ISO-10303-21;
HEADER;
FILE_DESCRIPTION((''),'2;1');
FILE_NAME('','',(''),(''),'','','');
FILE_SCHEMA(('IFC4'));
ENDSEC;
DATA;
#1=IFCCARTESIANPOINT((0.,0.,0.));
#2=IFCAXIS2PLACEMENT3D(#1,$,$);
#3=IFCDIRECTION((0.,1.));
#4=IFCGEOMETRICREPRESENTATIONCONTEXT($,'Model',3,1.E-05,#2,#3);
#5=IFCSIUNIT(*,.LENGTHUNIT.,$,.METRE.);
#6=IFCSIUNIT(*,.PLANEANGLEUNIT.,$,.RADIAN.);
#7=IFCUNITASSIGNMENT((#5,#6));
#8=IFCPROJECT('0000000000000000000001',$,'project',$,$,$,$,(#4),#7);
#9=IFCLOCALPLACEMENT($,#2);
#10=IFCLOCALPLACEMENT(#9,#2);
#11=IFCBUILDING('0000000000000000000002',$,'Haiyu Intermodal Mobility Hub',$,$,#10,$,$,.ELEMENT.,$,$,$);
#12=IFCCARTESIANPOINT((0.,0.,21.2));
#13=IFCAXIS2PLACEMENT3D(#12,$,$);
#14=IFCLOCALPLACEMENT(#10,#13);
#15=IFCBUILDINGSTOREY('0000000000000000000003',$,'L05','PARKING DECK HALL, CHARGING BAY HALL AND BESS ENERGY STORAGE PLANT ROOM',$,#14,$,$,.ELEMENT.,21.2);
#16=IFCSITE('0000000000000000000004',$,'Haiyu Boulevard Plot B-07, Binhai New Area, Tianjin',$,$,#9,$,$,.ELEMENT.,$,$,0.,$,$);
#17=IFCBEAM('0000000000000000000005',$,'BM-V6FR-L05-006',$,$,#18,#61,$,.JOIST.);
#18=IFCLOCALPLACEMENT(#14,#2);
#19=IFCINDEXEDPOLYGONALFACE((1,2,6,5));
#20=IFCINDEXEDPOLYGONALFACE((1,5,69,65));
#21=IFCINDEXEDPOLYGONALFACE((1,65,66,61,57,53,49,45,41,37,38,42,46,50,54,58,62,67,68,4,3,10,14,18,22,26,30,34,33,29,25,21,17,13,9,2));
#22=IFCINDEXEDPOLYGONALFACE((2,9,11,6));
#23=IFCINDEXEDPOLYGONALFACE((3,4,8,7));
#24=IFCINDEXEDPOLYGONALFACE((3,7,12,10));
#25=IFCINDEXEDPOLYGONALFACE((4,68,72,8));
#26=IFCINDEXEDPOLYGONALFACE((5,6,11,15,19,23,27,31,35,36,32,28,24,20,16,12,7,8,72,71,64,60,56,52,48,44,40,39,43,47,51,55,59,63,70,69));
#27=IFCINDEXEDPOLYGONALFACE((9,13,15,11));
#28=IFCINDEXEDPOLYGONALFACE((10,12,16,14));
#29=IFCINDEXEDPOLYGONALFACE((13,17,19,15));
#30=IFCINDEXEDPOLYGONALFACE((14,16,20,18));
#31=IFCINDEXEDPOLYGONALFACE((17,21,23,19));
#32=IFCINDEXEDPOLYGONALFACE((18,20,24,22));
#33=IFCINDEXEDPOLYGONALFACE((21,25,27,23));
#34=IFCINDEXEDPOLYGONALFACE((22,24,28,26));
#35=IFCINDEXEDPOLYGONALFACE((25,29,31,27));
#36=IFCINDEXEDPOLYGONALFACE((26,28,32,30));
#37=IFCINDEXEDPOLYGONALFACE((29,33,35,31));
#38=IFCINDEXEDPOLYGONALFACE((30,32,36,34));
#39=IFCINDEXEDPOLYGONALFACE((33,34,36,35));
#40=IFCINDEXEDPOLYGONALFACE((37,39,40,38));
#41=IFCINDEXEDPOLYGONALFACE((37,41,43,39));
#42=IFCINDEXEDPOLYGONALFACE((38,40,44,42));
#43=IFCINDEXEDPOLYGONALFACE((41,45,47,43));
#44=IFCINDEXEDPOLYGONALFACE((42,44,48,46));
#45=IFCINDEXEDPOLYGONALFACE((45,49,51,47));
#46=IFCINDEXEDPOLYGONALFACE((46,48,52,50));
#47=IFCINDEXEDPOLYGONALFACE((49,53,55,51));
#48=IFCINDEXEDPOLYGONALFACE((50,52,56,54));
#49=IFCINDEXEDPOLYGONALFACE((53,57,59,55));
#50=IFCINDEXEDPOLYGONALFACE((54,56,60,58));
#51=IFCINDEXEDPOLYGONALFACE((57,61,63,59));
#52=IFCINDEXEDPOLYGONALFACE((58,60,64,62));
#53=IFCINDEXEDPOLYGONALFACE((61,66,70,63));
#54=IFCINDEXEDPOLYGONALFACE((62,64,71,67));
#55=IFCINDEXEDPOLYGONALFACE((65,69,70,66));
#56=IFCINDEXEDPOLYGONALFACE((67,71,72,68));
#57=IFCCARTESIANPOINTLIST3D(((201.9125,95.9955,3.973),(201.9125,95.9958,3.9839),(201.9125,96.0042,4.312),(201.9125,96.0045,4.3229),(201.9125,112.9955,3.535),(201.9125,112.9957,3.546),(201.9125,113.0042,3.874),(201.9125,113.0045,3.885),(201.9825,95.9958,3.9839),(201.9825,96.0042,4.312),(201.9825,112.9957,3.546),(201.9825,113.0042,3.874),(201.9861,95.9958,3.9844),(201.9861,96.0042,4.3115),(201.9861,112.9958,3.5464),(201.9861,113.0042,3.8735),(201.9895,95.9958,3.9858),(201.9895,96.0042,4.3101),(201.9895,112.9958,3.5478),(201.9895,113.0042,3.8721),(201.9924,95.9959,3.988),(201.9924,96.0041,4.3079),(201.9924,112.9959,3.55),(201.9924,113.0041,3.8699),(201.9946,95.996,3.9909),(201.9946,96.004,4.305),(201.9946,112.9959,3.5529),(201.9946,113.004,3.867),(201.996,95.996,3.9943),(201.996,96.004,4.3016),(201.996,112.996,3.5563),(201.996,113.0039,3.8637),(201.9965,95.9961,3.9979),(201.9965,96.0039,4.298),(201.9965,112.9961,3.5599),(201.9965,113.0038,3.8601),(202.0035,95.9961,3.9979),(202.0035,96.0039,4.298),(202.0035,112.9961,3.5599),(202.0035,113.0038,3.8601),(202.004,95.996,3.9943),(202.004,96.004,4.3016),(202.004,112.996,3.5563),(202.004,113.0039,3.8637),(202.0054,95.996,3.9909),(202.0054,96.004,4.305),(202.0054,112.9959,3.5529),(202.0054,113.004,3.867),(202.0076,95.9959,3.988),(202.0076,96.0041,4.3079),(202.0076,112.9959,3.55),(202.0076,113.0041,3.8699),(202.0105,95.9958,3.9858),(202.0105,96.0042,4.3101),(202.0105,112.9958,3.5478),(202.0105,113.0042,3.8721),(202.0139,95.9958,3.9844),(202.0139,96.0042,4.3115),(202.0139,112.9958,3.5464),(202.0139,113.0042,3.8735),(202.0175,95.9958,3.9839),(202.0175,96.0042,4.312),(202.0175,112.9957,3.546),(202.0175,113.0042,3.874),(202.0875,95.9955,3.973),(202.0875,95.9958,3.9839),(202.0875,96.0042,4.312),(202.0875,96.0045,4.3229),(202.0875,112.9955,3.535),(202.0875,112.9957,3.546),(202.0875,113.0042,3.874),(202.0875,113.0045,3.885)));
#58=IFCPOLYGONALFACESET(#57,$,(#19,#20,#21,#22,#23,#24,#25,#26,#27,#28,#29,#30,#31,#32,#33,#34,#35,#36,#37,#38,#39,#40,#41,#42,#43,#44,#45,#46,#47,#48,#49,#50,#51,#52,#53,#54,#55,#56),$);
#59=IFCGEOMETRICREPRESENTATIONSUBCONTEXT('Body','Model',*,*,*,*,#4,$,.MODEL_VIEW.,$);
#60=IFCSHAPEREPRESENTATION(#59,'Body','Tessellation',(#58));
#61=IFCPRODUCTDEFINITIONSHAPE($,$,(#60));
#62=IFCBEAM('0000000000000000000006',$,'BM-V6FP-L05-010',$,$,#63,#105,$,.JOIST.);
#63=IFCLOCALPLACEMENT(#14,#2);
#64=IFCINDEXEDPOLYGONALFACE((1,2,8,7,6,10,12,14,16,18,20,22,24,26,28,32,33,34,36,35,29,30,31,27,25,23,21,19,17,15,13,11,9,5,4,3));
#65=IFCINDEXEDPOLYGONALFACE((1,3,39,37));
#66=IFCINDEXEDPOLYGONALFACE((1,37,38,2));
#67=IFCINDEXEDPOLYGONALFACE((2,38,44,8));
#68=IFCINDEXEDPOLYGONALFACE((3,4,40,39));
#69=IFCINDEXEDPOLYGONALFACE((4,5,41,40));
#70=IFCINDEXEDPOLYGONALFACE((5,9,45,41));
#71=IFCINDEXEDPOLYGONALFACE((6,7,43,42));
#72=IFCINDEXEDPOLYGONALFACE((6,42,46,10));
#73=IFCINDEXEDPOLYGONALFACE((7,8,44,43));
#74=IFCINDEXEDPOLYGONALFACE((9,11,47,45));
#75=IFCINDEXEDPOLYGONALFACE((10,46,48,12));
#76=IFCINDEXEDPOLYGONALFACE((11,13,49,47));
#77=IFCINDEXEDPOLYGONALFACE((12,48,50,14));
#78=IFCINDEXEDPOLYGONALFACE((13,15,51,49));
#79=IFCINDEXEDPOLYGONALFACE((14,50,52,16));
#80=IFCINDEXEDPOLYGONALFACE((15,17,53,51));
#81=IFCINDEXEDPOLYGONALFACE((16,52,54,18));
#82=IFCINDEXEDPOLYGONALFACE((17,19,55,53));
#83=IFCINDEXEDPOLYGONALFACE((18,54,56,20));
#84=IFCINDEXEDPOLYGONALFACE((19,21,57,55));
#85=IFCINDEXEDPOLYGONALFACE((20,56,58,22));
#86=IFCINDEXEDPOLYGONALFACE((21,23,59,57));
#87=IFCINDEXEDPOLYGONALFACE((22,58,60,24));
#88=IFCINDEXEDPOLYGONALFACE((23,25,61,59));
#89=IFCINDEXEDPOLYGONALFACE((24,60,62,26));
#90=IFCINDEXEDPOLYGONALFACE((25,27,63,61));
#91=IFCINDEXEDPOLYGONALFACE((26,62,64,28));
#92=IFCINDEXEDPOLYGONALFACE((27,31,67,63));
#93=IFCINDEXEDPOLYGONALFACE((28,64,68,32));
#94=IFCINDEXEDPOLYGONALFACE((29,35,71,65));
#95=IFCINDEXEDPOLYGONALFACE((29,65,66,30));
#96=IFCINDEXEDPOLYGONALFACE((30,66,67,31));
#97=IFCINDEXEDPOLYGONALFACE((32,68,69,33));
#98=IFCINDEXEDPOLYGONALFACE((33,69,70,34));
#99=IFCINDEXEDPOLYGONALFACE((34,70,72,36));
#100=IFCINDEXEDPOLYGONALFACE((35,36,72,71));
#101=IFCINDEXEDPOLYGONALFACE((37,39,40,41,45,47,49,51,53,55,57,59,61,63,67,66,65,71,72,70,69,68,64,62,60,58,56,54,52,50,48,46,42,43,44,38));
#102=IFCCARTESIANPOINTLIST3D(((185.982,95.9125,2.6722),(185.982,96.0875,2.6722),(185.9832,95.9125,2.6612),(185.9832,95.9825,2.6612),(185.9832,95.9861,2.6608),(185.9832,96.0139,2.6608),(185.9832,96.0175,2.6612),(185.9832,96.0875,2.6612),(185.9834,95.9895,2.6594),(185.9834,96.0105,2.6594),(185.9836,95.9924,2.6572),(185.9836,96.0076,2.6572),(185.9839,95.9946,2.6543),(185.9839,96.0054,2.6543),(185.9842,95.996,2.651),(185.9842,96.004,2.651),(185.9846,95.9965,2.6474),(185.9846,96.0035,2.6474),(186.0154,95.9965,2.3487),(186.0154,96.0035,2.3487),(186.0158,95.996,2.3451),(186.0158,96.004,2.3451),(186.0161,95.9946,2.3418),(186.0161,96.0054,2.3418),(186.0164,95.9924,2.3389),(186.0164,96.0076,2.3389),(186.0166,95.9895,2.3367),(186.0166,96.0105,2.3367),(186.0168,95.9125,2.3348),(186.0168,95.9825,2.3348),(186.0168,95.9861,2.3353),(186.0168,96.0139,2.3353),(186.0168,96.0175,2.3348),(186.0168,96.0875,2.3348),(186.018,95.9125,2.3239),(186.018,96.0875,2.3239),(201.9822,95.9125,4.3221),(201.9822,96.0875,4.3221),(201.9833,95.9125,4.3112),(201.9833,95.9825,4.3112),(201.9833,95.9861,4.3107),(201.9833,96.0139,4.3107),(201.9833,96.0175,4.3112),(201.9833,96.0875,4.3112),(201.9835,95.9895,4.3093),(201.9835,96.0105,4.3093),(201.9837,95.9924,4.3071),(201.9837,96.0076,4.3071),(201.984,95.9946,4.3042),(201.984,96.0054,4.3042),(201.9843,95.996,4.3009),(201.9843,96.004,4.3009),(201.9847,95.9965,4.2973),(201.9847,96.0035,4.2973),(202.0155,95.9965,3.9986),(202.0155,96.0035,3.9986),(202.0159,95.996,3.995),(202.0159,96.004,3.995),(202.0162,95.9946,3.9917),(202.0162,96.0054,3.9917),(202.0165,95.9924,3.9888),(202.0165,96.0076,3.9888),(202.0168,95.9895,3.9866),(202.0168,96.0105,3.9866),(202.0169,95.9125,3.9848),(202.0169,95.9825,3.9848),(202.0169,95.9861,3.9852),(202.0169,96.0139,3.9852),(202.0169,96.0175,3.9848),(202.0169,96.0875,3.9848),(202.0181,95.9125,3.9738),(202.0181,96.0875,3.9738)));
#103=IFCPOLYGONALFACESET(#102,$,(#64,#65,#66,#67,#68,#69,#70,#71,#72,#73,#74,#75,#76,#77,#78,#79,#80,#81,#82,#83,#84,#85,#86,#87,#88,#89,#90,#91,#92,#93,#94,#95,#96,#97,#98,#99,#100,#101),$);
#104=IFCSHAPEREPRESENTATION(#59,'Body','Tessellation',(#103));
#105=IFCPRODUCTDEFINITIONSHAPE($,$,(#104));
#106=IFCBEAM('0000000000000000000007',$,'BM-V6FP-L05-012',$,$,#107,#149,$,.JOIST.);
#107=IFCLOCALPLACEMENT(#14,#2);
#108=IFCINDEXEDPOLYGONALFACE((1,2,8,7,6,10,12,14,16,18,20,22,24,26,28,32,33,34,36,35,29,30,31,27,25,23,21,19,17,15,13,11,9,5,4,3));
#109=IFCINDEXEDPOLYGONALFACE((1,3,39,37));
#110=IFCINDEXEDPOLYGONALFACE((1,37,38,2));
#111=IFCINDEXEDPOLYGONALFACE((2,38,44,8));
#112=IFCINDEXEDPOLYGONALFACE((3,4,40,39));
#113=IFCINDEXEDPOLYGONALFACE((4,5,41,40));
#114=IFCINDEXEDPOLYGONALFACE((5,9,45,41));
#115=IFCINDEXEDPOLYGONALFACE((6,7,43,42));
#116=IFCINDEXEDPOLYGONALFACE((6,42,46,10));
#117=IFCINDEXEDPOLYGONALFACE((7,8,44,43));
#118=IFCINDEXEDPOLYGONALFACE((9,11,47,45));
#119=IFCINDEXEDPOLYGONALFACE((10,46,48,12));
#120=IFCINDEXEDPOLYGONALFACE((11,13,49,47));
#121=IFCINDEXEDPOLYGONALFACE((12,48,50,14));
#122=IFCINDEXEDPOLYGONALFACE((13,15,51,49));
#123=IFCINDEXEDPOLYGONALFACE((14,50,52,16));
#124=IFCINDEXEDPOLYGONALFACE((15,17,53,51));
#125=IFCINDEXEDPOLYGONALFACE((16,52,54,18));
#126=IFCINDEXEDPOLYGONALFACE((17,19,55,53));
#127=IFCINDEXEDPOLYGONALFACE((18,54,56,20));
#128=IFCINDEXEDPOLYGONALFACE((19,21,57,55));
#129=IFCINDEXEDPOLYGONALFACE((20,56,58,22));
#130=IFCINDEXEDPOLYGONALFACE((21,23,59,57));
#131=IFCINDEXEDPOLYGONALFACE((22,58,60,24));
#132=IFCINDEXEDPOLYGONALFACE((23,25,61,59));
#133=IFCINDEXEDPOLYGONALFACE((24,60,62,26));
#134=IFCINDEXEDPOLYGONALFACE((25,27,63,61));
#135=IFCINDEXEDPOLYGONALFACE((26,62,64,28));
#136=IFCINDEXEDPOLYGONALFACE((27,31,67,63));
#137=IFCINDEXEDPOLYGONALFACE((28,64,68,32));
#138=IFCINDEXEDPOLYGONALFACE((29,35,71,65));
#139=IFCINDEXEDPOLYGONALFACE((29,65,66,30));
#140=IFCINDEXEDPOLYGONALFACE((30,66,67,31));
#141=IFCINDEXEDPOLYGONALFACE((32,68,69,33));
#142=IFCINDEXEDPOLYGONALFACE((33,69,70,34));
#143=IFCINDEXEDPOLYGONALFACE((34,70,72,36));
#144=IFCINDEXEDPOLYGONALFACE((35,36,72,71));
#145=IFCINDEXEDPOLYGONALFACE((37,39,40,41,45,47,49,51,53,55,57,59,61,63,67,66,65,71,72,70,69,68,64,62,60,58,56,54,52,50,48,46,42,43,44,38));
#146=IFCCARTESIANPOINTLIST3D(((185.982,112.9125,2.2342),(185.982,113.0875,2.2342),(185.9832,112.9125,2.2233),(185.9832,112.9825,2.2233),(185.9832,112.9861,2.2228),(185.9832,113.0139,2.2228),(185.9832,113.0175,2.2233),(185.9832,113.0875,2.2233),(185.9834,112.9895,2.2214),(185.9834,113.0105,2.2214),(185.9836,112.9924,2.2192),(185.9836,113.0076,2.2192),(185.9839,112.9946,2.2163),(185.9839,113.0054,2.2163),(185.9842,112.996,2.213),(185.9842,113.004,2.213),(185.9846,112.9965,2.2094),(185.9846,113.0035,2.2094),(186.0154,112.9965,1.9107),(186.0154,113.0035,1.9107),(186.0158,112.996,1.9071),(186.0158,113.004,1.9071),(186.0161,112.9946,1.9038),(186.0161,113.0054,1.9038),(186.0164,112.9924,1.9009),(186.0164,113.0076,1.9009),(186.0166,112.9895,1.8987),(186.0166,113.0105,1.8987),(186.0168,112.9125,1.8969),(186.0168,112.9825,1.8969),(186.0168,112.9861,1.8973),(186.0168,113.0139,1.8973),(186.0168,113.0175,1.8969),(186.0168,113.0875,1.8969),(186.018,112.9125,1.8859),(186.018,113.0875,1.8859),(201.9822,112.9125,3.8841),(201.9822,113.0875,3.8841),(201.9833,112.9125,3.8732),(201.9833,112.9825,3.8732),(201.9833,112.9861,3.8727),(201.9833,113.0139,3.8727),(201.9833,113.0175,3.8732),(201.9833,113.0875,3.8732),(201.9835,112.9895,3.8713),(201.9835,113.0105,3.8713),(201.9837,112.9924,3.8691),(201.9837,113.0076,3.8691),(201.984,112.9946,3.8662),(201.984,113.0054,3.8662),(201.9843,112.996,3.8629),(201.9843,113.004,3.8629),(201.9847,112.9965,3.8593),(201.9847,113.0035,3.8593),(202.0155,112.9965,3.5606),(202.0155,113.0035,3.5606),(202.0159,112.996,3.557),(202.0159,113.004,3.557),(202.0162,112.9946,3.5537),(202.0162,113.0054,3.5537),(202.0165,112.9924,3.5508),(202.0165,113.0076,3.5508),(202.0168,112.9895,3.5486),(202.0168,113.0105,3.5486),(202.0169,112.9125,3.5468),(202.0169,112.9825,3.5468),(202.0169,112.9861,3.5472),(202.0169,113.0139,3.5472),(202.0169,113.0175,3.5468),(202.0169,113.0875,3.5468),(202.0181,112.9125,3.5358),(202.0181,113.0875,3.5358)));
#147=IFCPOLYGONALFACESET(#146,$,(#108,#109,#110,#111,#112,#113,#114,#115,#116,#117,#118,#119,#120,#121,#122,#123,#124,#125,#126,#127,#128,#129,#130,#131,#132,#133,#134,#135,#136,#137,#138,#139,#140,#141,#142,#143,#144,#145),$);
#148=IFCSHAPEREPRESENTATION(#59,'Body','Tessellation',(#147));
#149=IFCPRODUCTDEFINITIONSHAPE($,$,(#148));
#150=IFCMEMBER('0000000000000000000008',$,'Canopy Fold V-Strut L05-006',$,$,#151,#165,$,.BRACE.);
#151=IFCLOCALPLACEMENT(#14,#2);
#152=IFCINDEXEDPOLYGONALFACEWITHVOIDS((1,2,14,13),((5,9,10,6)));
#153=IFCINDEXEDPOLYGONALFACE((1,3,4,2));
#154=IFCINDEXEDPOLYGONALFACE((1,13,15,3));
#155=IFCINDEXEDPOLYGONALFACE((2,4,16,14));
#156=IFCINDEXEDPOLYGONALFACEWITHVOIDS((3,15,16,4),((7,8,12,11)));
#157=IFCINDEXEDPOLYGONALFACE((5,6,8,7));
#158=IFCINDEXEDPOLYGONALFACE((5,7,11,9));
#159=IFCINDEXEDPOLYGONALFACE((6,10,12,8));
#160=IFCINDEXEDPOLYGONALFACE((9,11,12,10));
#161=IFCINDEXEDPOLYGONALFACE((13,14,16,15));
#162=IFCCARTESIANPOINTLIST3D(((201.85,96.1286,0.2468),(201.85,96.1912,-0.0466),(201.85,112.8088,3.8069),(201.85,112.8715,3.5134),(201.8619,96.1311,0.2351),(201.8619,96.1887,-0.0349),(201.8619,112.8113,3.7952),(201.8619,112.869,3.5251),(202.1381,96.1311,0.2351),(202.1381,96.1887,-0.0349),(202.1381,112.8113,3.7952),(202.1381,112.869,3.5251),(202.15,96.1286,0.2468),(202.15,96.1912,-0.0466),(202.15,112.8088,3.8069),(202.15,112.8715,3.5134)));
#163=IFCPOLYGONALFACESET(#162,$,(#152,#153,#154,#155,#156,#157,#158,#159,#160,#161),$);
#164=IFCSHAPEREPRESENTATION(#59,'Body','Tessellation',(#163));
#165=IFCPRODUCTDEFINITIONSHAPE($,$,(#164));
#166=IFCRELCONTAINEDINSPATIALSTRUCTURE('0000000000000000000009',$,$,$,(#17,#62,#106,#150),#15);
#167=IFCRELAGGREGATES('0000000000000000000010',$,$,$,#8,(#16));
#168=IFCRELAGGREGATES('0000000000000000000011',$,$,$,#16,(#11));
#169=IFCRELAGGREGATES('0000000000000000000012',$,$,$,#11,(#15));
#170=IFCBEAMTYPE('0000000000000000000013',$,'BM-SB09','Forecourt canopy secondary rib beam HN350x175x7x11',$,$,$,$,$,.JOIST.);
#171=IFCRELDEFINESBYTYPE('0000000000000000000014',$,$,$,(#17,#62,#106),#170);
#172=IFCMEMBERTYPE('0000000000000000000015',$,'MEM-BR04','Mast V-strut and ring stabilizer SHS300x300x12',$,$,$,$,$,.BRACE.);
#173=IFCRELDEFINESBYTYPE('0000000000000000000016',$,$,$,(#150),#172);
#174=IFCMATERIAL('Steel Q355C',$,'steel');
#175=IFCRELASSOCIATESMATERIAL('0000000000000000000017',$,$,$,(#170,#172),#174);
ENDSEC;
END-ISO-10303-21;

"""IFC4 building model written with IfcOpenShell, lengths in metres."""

from ifc_helpers import new_model, si_unit, direction, frame, origin, origin_2d, place, context, subcontext, project, spatial, hollow_rectangle, i_section, extrude, material, material_profile, profile_set, type_object, element, save


model = new_model("IFC4")

# Units and contexts
model_context = context("Model", 3, precision=1e-05, world=origin(), true_north=direction((0.0, 1.0)))
body_context = subcontext(model_context, "Body", "Model", "MODEL_VIEW")
ifc_project = project(units=[si_unit("LENGTHUNIT", "METRE"), si_unit("PLANEANGLEUNIT", "RADIAN")], contexts=[model_context])

# Site, building, storey
site_placement = place(None, origin())
site = spatial("IfcSite", under=ifc_project, at=site_placement, Name="Haiyu Boulevard Plot B-07, Binhai New Area, Tianjin", CompositionType="ELEMENT", RefElevation=0.0)
building_placement = place(site_placement, origin())
building = spatial("IfcBuilding", under=site, at=building_placement, Name="Haiyu Intermodal Mobility Hub", CompositionType="ELEMENT")
storey_placement = place(building_placement, frame((0.0, 0.0, 21.2)))
storey = spatial("IfcBuildingStorey", under=building, at=storey_placement, Name="L05", Description="PARKING DECK HALL, CHARGING BAY HALL AND BESS ENERGY STORAGE PLANT ROOM", CompositionType="ELEMENT", Elevation=21.2)

# Shared definitions
ifc_material_1 = material(Name="Steel Q355C", Category="steel")

# Beams
ifc_material_profile_1 = material_profile(ifc_material_1, i_section(OverallWidth=0.175, OverallDepth=0.3501, WebThickness=0.0071, FlangeThickness=0.011, FilletRadius=0.0139, at=origin_2d()), Name="HN350x175x7x11")
ifc_profile_set_1 = profile_set([ifc_material_profile_1], Name="Steel Q355C")
beam_type_1 = type_object("IfcBeamType", Name="BM-SB09", Description="Forecourt canopy secondary rib beam HN350x175x7x11", PredefinedType="JOIST", material=ifc_profile_set_1)
beam_1_placement = place(storey_placement, frame((202.0, 96.0, 4.1479), z_axis=(0.0, 0.999668, -0.025755), x_axis=(-1.0, 0.0, 0.0)))
element("IfcBeam", 1, at=beam_1_placement, inside=storey, type_object=beam_type_1, Name="BM-V6FR-L05-006", PredefinedType="JOIST", context=body_context, shape_type="SweptSolid", body=[
    extrude(i_section(OverallWidth=0.175, OverallDepth=0.3501, WebThickness=0.0071, FlangeThickness=0.011, FilletRadius=0.0139, at=origin_2d()), origin(), (0.0, 0.0, 1.0), 17.0056),
])
for number, where, z_axis, x_axis, name in (
    (2, (186.0, 96.0, 2.498), (0.994725, 0.0, 0.102575), (0.0, 1.0, 0.0), "BM-V6FP-L05-010"),
    (3, (186.0, 113.0, 2.0601), (0.994725, 0.0, 0.102575), (0.0, 1.0, 0.0), "BM-V6FP-L05-012"),
):
    element("IfcBeam", number, at=place(storey_placement, frame(where, z_axis=z_axis, x_axis=x_axis)), inside=storey, type_object=beam_type_1, Name=name, PredefinedType="JOIST", context=body_context, shape_type="SweptSolid", body=[
        extrude(i_section(OverallWidth=0.175, OverallDepth=0.3501, WebThickness=0.0071, FlangeThickness=0.011, FilletRadius=0.0139, at=origin_2d()), origin(), (0.0, 0.0, 1.0), 16.085),
    ])

# Member
ifc_material_profile_2 = material_profile(ifc_material_1, hollow_rectangle(XDim=0.3, YDim=0.3, WallThickness=0.012, at=origin_2d()), Name="SHS300x300x12")
ifc_profile_set_2 = profile_set([ifc_material_profile_2], Name="Steel Q355C")
member_type_1 = type_object("IfcMemberType", Name="MEM-BR04", Description="Mast V-strut and ring stabilizer SHS300x300x12", PredefinedType="BRACE", material=ifc_profile_set_2)
member_1_placement = place(storey_placement, frame((202.0, 96.1599, 0.1001), z_axis=(0.0, 0.977973, 0.208729), x_axis=(-1.0, 0.0, 0.0)))
element("IfcMember", 4, at=member_1_placement, inside=storey, type_object=member_type_1, Name="Canopy Fold V-Strut L05-006", PredefinedType="BRACE", context=body_context, shape_type="SweptSolid", body=[
    extrude(hollow_rectangle(XDim=0.3, YDim=0.3, WallThickness=0.012, at=origin_2d()), origin(), (0.0, 0.0, 1.0), 17.0559),
])

save(model, "model.ifc")
